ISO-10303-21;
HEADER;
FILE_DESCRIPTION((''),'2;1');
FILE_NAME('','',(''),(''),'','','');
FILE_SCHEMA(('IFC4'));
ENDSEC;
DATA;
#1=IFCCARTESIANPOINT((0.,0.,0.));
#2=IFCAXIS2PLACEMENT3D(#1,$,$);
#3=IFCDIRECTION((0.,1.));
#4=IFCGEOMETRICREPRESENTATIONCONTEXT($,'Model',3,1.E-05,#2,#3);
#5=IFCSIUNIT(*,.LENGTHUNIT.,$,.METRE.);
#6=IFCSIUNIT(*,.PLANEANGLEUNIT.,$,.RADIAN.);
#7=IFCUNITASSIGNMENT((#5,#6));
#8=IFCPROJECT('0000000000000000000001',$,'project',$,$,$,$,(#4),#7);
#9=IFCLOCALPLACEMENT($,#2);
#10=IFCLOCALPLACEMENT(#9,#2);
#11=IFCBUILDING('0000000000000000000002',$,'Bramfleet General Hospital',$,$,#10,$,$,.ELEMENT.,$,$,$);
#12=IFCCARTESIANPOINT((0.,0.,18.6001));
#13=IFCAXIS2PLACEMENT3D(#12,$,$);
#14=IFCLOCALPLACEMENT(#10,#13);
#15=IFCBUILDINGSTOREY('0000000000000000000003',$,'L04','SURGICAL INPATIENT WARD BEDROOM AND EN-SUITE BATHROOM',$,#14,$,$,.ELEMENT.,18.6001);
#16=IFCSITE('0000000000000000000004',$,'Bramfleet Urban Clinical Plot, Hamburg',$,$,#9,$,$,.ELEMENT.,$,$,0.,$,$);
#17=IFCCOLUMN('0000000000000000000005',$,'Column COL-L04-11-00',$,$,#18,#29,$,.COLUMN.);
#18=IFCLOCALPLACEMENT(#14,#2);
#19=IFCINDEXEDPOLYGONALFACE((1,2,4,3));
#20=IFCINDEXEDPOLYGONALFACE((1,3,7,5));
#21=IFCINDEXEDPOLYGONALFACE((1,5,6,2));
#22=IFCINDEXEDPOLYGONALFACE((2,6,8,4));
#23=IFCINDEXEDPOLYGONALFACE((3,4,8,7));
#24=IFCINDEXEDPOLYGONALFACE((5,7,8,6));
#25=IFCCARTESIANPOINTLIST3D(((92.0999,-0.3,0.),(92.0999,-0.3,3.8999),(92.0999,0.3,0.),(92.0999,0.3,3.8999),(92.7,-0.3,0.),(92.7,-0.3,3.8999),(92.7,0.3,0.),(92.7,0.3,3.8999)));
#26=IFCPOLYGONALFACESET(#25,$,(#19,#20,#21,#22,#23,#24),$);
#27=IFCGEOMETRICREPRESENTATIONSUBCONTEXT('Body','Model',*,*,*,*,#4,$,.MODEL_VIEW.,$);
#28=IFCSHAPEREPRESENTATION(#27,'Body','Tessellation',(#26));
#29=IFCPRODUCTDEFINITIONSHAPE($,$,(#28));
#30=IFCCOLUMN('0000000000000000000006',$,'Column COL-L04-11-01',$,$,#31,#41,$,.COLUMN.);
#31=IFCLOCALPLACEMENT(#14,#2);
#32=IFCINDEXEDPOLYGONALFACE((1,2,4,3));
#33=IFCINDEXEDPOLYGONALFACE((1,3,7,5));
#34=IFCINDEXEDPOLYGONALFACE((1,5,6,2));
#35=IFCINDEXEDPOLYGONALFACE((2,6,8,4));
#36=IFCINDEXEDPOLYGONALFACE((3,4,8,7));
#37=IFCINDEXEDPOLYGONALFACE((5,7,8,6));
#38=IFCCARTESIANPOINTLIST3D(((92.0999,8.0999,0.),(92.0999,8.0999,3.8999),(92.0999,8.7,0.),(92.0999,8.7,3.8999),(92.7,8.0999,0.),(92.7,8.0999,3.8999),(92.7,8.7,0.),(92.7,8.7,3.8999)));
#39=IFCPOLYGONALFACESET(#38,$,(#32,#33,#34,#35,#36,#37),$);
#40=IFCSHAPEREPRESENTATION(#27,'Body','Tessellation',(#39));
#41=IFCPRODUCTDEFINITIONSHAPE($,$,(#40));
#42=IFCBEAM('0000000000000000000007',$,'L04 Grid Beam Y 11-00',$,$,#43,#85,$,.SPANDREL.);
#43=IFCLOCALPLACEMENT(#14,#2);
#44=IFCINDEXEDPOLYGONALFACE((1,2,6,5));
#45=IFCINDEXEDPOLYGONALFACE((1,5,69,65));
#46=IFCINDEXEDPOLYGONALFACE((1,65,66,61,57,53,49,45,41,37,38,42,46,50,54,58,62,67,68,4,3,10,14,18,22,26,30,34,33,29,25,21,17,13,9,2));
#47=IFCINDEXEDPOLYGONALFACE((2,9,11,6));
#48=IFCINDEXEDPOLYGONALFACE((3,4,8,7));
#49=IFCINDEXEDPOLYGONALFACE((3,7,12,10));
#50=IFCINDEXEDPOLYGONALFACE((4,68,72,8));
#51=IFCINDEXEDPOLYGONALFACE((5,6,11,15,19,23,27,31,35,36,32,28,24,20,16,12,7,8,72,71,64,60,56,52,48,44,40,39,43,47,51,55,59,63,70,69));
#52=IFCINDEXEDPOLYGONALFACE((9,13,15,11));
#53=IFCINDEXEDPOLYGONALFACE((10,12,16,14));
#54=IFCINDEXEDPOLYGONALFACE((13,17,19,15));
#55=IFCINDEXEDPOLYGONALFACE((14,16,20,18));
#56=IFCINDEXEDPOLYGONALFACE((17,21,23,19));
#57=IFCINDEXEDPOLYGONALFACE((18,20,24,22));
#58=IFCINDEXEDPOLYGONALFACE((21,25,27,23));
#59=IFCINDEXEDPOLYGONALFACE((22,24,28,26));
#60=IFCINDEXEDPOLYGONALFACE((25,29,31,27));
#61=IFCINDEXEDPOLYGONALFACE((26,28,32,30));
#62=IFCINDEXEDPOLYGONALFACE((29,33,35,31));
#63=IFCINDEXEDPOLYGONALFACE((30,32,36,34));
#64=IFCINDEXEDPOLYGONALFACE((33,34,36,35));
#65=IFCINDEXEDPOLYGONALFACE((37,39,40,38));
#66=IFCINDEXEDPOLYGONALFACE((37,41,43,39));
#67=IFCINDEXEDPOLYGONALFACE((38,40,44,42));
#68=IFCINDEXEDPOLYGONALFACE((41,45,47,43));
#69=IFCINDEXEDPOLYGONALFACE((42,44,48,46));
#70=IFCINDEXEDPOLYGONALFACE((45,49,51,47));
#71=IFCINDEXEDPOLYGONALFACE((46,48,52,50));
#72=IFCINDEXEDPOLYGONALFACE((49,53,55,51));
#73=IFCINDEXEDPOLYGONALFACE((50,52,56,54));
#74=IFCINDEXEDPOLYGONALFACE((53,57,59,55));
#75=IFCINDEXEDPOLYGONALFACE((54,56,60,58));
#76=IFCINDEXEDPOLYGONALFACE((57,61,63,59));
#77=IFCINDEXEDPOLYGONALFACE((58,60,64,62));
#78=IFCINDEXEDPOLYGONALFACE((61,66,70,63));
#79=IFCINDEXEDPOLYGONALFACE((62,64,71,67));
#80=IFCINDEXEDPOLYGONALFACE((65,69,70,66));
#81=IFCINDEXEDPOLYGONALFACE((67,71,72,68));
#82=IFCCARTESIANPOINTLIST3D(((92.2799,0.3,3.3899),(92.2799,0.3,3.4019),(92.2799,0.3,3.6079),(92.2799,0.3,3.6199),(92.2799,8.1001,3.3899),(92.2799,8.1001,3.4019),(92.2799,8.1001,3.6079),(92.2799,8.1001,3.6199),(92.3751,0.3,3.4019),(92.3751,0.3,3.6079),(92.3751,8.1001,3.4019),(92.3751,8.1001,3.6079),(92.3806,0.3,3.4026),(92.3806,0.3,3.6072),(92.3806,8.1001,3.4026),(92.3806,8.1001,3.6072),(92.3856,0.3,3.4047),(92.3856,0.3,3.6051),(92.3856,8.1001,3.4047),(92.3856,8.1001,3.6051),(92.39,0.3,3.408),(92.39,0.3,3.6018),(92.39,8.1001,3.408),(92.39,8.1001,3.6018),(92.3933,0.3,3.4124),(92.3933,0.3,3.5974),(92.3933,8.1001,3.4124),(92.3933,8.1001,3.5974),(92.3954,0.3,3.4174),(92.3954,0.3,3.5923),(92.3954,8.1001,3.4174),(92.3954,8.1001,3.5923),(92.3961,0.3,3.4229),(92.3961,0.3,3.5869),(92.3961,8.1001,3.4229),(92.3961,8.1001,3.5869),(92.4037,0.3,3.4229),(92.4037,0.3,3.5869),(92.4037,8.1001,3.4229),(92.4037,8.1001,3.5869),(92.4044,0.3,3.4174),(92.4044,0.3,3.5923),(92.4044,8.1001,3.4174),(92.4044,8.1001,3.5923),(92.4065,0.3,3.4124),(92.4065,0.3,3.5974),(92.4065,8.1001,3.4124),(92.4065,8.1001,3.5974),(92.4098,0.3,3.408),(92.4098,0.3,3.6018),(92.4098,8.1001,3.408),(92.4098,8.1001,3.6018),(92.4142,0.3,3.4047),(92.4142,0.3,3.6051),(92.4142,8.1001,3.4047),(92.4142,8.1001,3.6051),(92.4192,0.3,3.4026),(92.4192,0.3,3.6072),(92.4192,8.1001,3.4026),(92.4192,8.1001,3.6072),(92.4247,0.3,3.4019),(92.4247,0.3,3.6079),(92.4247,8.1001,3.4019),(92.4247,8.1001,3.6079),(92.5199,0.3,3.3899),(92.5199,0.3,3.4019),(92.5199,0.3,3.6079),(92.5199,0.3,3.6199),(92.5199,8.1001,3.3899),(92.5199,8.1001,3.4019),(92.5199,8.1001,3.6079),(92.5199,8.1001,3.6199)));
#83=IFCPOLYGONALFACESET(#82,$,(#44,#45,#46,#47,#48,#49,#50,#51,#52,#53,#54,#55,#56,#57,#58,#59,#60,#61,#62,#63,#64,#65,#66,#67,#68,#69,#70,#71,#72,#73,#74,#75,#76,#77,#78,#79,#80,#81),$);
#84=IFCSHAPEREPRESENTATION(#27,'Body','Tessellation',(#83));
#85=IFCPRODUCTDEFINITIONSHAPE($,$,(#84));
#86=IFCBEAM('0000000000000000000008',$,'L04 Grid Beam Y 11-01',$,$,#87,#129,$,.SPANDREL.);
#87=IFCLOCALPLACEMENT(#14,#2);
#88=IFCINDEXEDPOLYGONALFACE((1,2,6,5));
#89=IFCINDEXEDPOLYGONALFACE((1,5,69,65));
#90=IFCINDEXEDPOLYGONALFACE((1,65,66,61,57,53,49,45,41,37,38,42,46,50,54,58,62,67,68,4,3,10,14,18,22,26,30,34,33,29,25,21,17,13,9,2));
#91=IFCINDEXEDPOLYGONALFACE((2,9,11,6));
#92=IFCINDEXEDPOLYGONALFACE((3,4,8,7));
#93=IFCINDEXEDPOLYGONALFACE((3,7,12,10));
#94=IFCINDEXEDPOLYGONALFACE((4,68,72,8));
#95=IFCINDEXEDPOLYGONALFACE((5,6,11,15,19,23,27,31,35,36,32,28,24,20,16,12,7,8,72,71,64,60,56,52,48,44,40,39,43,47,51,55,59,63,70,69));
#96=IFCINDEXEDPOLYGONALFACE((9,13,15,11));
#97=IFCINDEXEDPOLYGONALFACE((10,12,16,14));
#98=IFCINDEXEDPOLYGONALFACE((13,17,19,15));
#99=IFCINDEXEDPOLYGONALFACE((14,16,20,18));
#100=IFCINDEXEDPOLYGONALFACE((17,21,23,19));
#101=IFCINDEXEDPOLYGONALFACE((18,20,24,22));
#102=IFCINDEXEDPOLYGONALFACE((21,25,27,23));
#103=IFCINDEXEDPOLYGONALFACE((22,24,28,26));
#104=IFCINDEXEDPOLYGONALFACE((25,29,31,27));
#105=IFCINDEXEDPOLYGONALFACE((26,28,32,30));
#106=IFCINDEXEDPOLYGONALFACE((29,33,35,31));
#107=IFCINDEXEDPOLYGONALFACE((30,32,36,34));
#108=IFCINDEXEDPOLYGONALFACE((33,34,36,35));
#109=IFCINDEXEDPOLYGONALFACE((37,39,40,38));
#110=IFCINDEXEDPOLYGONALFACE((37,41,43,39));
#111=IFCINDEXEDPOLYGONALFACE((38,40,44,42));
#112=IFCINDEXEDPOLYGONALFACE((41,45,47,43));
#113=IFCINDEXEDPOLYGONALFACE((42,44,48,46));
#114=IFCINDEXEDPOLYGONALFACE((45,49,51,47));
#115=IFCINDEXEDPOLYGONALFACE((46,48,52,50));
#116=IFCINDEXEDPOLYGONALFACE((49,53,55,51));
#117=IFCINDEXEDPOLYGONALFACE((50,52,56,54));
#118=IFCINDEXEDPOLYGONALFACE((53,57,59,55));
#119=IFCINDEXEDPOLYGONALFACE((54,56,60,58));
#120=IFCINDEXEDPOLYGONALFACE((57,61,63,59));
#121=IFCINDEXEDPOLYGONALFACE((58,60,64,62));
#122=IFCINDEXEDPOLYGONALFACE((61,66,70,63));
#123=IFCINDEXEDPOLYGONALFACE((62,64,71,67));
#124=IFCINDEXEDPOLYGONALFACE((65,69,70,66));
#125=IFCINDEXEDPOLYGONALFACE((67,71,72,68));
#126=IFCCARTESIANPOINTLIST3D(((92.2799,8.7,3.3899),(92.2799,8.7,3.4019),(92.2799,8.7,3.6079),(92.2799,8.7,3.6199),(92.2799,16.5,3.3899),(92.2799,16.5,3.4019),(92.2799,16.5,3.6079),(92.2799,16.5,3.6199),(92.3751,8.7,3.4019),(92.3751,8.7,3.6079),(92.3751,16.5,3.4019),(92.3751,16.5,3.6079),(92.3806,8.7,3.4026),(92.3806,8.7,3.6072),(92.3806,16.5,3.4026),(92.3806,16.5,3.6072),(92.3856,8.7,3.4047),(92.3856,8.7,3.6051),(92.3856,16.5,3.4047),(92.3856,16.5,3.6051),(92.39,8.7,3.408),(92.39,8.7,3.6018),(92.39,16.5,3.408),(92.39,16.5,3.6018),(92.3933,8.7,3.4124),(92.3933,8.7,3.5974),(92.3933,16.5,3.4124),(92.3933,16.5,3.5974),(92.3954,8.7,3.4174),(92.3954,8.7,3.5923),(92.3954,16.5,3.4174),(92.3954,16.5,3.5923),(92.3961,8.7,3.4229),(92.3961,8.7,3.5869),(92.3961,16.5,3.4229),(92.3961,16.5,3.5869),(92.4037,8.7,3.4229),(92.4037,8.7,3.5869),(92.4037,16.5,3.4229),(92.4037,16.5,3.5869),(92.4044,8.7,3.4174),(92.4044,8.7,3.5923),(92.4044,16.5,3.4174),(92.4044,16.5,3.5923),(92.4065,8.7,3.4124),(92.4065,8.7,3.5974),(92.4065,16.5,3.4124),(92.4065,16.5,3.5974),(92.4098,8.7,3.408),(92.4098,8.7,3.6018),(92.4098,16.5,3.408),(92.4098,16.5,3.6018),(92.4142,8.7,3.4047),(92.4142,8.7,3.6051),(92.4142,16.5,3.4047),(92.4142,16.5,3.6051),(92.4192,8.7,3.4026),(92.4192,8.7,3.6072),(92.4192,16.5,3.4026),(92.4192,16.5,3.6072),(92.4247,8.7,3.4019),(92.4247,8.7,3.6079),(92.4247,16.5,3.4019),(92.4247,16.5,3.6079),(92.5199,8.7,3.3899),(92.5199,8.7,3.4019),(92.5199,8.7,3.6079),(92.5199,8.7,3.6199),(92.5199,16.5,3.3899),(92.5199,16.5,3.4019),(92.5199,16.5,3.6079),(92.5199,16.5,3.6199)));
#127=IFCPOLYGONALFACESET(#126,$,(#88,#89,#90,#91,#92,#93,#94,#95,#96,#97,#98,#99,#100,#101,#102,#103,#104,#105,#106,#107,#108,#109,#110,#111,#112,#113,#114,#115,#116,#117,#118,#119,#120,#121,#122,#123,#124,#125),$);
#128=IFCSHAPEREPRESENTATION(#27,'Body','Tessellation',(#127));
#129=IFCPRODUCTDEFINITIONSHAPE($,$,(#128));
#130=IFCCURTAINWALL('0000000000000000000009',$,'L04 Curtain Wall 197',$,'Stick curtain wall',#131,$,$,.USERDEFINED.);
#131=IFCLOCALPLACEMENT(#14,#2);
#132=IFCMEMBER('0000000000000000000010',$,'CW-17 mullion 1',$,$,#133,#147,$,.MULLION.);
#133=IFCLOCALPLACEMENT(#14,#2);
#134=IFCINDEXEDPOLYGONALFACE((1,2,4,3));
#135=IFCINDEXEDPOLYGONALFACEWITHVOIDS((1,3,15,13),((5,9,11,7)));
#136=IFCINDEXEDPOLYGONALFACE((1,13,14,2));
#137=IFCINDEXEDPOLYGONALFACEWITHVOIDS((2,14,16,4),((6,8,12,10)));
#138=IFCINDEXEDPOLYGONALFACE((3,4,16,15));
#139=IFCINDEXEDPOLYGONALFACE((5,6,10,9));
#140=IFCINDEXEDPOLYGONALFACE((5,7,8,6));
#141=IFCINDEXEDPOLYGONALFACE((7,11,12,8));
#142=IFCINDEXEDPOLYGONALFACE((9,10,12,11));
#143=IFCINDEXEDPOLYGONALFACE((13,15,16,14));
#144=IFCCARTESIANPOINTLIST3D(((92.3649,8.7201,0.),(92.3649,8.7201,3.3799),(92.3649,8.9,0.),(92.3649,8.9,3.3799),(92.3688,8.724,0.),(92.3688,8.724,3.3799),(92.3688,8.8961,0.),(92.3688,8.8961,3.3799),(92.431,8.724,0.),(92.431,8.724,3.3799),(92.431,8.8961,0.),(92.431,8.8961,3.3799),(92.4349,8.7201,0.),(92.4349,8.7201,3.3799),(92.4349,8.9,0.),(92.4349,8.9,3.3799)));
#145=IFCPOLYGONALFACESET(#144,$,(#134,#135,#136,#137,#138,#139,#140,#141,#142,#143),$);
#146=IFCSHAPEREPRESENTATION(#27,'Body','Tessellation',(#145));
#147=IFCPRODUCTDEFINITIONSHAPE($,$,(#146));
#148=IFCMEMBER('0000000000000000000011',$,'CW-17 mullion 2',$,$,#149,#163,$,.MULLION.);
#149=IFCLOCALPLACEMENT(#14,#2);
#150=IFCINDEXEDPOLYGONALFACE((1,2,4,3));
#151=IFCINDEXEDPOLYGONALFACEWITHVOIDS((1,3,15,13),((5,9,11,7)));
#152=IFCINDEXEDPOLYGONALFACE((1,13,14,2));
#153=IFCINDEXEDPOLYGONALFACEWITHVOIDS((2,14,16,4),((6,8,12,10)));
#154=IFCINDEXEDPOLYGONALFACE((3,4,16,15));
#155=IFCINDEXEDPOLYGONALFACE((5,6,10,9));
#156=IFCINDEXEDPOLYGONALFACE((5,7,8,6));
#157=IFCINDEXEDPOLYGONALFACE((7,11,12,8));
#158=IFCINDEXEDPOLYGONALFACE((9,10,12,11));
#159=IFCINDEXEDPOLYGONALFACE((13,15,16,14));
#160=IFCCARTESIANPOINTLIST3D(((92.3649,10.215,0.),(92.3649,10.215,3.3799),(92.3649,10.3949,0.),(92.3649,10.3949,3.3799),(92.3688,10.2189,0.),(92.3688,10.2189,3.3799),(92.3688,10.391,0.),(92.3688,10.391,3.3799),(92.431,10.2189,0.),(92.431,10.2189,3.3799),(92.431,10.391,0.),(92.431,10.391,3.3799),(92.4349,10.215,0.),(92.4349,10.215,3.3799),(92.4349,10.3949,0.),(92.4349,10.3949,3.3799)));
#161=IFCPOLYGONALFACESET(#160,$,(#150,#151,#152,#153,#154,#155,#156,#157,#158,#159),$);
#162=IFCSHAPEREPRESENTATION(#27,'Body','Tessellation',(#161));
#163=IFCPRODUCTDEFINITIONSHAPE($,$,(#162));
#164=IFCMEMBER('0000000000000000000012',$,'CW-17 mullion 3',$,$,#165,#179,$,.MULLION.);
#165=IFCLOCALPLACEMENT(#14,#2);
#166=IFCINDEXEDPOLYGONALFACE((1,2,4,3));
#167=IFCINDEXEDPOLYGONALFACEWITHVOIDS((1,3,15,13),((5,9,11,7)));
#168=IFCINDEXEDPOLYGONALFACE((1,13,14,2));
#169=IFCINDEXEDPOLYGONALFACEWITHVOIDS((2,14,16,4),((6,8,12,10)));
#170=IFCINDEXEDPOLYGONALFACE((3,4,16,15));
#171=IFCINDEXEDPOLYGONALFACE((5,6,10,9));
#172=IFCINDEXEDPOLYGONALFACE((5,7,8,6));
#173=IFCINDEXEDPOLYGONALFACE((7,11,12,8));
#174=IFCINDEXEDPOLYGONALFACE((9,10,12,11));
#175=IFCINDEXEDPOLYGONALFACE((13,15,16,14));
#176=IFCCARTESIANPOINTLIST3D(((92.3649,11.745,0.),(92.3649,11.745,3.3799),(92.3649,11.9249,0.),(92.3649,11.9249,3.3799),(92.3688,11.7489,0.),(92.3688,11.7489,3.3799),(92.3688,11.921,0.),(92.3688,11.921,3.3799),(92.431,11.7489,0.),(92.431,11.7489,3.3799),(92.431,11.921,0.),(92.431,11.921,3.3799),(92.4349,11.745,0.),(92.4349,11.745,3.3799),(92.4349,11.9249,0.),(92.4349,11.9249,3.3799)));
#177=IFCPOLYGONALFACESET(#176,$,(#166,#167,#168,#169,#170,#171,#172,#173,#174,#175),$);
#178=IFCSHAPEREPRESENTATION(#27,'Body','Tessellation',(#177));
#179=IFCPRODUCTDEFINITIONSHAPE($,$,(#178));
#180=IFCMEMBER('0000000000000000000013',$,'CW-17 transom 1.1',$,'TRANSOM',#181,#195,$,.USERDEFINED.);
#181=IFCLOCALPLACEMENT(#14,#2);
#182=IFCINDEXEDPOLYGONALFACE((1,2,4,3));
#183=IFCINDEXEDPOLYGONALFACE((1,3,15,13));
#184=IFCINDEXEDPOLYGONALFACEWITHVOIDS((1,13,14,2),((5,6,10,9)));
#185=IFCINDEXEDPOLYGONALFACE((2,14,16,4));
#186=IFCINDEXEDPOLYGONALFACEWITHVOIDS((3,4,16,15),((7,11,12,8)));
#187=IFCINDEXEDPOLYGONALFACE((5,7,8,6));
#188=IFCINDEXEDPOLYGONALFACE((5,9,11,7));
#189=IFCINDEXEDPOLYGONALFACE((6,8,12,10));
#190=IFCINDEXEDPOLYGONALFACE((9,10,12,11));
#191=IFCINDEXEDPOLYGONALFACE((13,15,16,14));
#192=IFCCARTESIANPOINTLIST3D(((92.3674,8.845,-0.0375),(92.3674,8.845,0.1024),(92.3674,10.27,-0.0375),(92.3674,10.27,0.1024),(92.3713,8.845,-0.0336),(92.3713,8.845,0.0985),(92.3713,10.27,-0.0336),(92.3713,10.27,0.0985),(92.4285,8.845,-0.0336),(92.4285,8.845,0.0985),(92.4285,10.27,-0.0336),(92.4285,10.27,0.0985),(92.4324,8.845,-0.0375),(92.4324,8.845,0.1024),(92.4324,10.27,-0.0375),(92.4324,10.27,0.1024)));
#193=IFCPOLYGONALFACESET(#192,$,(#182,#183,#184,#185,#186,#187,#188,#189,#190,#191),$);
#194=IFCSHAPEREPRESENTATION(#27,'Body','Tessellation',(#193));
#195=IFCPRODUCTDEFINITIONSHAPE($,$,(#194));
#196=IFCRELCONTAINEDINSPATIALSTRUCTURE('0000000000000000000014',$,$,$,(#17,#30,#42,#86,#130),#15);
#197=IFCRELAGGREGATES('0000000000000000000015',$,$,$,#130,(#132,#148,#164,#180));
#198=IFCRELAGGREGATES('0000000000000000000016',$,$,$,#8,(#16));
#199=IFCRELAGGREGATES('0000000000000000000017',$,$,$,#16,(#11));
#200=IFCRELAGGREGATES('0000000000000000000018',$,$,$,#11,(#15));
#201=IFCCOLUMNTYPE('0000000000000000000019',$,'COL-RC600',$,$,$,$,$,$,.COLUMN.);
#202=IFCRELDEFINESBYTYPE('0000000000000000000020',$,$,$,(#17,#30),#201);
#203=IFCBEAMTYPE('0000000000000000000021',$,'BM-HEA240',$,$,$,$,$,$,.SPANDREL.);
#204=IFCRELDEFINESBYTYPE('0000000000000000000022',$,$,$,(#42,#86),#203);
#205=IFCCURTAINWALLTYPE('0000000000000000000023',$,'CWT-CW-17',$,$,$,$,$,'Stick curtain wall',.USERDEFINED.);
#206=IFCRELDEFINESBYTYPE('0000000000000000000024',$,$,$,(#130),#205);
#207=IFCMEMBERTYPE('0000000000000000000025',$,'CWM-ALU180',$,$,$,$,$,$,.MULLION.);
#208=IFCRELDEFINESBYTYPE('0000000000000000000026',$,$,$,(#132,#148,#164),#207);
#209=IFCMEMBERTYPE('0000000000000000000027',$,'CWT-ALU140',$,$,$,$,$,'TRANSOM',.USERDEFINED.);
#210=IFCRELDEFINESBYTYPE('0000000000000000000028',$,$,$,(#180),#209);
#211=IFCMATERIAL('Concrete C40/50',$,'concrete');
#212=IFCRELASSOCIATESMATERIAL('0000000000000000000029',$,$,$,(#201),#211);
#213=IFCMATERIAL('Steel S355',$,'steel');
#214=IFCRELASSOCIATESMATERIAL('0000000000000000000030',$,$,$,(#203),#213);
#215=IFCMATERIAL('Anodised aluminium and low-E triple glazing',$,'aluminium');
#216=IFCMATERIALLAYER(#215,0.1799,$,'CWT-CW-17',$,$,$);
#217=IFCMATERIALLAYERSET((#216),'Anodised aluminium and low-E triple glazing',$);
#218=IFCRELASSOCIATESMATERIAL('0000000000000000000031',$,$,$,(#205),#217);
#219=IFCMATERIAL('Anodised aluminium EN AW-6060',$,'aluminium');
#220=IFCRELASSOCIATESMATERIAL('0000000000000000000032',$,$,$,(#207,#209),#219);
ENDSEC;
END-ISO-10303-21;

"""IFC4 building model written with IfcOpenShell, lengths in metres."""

from ifc_helpers import new_model, si_unit, direction, frame, origin, origin_2d, place, context, subcontext, project, spatial, rectangle, hollow_rectangle, i_section, extrude, material, layer, layer_set, material_profile, profile_set, type_object, element, aggregate, save


model = new_model("IFC4")

# Units and contexts
model_context = context("Model", 3, precision=1e-05, world=origin(), true_north=direction((0.0, 1.0)))
body_context = subcontext(model_context, "Body", "Model", "MODEL_VIEW")
ifc_project = project(units=[si_unit("LENGTHUNIT", "METRE"), si_unit("PLANEANGLEUNIT", "RADIAN")], contexts=[model_context])

# Site, building, storey
site_placement = place(None, origin())
site = spatial("IfcSite", under=ifc_project, at=site_placement, Name="Bramfleet Urban Clinical Plot, Hamburg", CompositionType="ELEMENT", RefElevation=0.0)
building_placement = place(site_placement, origin())
building = spatial("IfcBuilding", under=site, at=building_placement, Name="Bramfleet General Hospital", CompositionType="ELEMENT")
storey_placement = place(building_placement, frame((0.0, 0.0, 18.6001)))
storey = spatial("IfcBuildingStorey", under=building, at=storey_placement, Name="L04", Description="SURGICAL INPATIENT WARD BEDROOM AND EN-SUITE BATHROOM", CompositionType="ELEMENT", Elevation=18.6001)

# Columns
ifc_material_1 = material(Name="Concrete C40/50", Category="concrete")
ifc_material_profile_1 = material_profile(ifc_material_1, rectangle(XDim=0.6001, YDim=0.6001, at=origin_2d()), Name="RC COL 600x600")
ifc_profile_set_1 = profile_set([ifc_material_profile_1], Name="Concrete C40/50")
column_type = type_object("IfcColumnType", Name="COL-RC600", PredefinedType="COLUMN", material=ifc_profile_set_1)
for number, where, z_axis, x_axis, name in (
    (1, (92.3999, 0.0, 0.0), (0.0, 0.0, 1.0), (1.0, 0.0, 0.0), "Column COL-L04-11-00"),
    (2, (92.3999, 8.3999, 0.0), (0.0, 0.0, 1.0), (1.0, 0.0, 0.0), "Column COL-L04-11-01"),
):
    element("IfcColumn", number, at=place(storey_placement, frame(where, z_axis=z_axis, x_axis=x_axis)), inside=storey, type_object=column_type, Name=name, PredefinedType="COLUMN", context=body_context, shape_type="SweptSolid", body=[
        extrude(rectangle(XDim=0.6001, YDim=0.6001, at=origin_2d()), origin(), (0.0, 0.0, 1.0), 3.8999),
    ])

# Beams
ifc_material_2 = material(Name="Steel S355", Category="steel")
ifc_material_profile_2 = material_profile(ifc_material_2, i_section(OverallWidth=0.24, OverallDepth=0.23, WebThickness=0.0076, FlangeThickness=0.012, FilletRadius=0.021, at=origin_2d()), Name="HEA 240")
ifc_profile_set_2 = profile_set([ifc_material_profile_2], Name="Steel S355")
beam_type = type_object("IfcBeamType", Name="BM-HEA240", PredefinedType="SPANDREL", material=ifc_profile_set_2)
for number, where, z_axis, x_axis, name in (
    (3, (92.3999, 0.3, 3.5049), (0.0, 1.0, 0.0), (-1.0, 0.0, 0.0), "L04 Grid Beam Y 11-00"),
    (4, (92.3999, 8.7, 3.5049), (0.0, 1.0, 0.0), (-1.0, 0.0, 0.0), "L04 Grid Beam Y 11-01"),
):
    element("IfcBeam", number, at=place(storey_placement, frame(where, z_axis=z_axis, x_axis=x_axis)), inside=storey, type_object=beam_type, Name=name, PredefinedType="SPANDREL", context=body_context, shape_type="SweptSolid", body=[
        extrude(i_section(OverallWidth=0.24, OverallDepth=0.23, WebThickness=0.0076, FlangeThickness=0.012, FilletRadius=0.021, at=origin_2d()), origin(), (0.0, 0.0, 1.0), 7.8),
    ])

# Curtain wall, members
ifc_material_3 = material(Name="Anodised aluminium and low-E triple glazing", Category="aluminium")
ifc_layer_1 = layer(ifc_material_3, 0.1799, Name="CWT-CW-17")
ifc_layer_set_1 = layer_set([ifc_layer_1], Name="Anodised aluminium and low-E triple glazing")
curtain_wall_type = type_object("IfcCurtainWallType", Name="CWT-CW-17", ElementType="Stick curtain wall", PredefinedType="USERDEFINED", material=ifc_layer_set_1)
curtain_wall_placement = place(storey_placement, origin())
curtain_wall = element("IfcCurtainWall", 5, at=curtain_wall_placement, inside=storey, type_object=curtain_wall_type, Name="L04 Curtain Wall 197", ObjectType="Stick curtain wall", PredefinedType="USERDEFINED")
ifc_material_4 = material(Name="Anodised aluminium EN AW-6060", Category="aluminium")
ifc_material_profile_3 = material_profile(ifc_material_4, hollow_rectangle(XDim=0.0701, YDim=0.1799, WallThickness=0.0039, at=origin_2d()), Name="ALU 180x70x4.0")
ifc_profile_set_3 = profile_set([ifc_material_profile_3], Name="Anodised aluminium EN AW-6060")
member_type_1 = type_object("IfcMemberType", Name="CWM-ALU180", PredefinedType="MULLION", material=ifc_profile_set_3)
member_1_placement = place(storey_placement, frame((92.3999, 8.8101, 0.0), z_axis=(0.0, 0.0, 1.0), x_axis=(-1.0, 0.0, 0.0)))
member_1 = element("IfcMember", 6, at=member_1_placement, type_object=member_type_1, Name="CW-17 mullion 1", PredefinedType="MULLION", context=body_context, shape_type="SweptSolid", body=[
    extrude(hollow_rectangle(XDim=0.0701, YDim=0.1799, WallThickness=0.0039, at=origin_2d()), origin(), (0.0, 0.0, 1.0), 3.3799),
])
member_2_placement = place(storey_placement, frame((92.3999, 10.3049, 0.0), z_axis=(0.0, 0.0, 1.0), x_axis=(-1.0, 0.0, 0.0)))
member_2 = element("IfcMember", 7, at=member_2_placement, type_object=member_type_1, Name="CW-17 mullion 2", PredefinedType="MULLION", context=body_context, shape_type="SweptSolid", body=[
    extrude(hollow_rectangle(XDim=0.0701, YDim=0.1799, WallThickness=0.0039, at=origin_2d()), origin(), (0.0, 0.0, 1.0), 3.3799),
])
member_3_placement = place(storey_placement, frame((92.3999, 11.835, 0.0), z_axis=(0.0, 0.0, 1.0), x_axis=(-1.0, 0.0, 0.0)))
member_3 = element("IfcMember", 8, at=member_3_placement, type_object=member_type_1, Name="CW-17 mullion 3", PredefinedType="MULLION", context=body_context, shape_type="SweptSolid", body=[
    extrude(hollow_rectangle(XDim=0.0701, YDim=0.1799, WallThickness=0.0039, at=origin_2d()), origin(), (0.0, 0.0, 1.0), 3.3799),
])
ifc_material_profile_4 = material_profile(ifc_material_4, hollow_rectangle(XDim=0.0649, YDim=0.1399, WallThickness=0.0039, at=origin_2d()), Name="ALU 140x65x4.0")
ifc_profile_set_4 = profile_set([ifc_material_profile_4], Name="Anodised aluminium EN AW-6060")
member_type_2 = type_object("IfcMemberType", Name="CWT-ALU140", ElementType="TRANSOM", PredefinedType="USERDEFINED", material=ifc_profile_set_4)
member_4_placement = place(storey_placement, frame((92.3999, 8.845, 0.0325), z_axis=(0.0, 1.0, 0.0), x_axis=(-1.0, 0.0, 0.0)))
member_4 = element("IfcMember", 9, at=member_4_placement, type_object=member_type_2, Name="CW-17 transom 1.1", ObjectType="TRANSOM", PredefinedType="USERDEFINED", context=body_context, shape_type="SweptSolid", body=[
    extrude(hollow_rectangle(XDim=0.0649, YDim=0.1399, WallThickness=0.0039, at=origin_2d()), origin(), (0.0, 0.0, 1.0), 1.425),
])
aggregate(curtain_wall, [member_1, member_2, member_3, member_4])

save(model, "model.ifc")
